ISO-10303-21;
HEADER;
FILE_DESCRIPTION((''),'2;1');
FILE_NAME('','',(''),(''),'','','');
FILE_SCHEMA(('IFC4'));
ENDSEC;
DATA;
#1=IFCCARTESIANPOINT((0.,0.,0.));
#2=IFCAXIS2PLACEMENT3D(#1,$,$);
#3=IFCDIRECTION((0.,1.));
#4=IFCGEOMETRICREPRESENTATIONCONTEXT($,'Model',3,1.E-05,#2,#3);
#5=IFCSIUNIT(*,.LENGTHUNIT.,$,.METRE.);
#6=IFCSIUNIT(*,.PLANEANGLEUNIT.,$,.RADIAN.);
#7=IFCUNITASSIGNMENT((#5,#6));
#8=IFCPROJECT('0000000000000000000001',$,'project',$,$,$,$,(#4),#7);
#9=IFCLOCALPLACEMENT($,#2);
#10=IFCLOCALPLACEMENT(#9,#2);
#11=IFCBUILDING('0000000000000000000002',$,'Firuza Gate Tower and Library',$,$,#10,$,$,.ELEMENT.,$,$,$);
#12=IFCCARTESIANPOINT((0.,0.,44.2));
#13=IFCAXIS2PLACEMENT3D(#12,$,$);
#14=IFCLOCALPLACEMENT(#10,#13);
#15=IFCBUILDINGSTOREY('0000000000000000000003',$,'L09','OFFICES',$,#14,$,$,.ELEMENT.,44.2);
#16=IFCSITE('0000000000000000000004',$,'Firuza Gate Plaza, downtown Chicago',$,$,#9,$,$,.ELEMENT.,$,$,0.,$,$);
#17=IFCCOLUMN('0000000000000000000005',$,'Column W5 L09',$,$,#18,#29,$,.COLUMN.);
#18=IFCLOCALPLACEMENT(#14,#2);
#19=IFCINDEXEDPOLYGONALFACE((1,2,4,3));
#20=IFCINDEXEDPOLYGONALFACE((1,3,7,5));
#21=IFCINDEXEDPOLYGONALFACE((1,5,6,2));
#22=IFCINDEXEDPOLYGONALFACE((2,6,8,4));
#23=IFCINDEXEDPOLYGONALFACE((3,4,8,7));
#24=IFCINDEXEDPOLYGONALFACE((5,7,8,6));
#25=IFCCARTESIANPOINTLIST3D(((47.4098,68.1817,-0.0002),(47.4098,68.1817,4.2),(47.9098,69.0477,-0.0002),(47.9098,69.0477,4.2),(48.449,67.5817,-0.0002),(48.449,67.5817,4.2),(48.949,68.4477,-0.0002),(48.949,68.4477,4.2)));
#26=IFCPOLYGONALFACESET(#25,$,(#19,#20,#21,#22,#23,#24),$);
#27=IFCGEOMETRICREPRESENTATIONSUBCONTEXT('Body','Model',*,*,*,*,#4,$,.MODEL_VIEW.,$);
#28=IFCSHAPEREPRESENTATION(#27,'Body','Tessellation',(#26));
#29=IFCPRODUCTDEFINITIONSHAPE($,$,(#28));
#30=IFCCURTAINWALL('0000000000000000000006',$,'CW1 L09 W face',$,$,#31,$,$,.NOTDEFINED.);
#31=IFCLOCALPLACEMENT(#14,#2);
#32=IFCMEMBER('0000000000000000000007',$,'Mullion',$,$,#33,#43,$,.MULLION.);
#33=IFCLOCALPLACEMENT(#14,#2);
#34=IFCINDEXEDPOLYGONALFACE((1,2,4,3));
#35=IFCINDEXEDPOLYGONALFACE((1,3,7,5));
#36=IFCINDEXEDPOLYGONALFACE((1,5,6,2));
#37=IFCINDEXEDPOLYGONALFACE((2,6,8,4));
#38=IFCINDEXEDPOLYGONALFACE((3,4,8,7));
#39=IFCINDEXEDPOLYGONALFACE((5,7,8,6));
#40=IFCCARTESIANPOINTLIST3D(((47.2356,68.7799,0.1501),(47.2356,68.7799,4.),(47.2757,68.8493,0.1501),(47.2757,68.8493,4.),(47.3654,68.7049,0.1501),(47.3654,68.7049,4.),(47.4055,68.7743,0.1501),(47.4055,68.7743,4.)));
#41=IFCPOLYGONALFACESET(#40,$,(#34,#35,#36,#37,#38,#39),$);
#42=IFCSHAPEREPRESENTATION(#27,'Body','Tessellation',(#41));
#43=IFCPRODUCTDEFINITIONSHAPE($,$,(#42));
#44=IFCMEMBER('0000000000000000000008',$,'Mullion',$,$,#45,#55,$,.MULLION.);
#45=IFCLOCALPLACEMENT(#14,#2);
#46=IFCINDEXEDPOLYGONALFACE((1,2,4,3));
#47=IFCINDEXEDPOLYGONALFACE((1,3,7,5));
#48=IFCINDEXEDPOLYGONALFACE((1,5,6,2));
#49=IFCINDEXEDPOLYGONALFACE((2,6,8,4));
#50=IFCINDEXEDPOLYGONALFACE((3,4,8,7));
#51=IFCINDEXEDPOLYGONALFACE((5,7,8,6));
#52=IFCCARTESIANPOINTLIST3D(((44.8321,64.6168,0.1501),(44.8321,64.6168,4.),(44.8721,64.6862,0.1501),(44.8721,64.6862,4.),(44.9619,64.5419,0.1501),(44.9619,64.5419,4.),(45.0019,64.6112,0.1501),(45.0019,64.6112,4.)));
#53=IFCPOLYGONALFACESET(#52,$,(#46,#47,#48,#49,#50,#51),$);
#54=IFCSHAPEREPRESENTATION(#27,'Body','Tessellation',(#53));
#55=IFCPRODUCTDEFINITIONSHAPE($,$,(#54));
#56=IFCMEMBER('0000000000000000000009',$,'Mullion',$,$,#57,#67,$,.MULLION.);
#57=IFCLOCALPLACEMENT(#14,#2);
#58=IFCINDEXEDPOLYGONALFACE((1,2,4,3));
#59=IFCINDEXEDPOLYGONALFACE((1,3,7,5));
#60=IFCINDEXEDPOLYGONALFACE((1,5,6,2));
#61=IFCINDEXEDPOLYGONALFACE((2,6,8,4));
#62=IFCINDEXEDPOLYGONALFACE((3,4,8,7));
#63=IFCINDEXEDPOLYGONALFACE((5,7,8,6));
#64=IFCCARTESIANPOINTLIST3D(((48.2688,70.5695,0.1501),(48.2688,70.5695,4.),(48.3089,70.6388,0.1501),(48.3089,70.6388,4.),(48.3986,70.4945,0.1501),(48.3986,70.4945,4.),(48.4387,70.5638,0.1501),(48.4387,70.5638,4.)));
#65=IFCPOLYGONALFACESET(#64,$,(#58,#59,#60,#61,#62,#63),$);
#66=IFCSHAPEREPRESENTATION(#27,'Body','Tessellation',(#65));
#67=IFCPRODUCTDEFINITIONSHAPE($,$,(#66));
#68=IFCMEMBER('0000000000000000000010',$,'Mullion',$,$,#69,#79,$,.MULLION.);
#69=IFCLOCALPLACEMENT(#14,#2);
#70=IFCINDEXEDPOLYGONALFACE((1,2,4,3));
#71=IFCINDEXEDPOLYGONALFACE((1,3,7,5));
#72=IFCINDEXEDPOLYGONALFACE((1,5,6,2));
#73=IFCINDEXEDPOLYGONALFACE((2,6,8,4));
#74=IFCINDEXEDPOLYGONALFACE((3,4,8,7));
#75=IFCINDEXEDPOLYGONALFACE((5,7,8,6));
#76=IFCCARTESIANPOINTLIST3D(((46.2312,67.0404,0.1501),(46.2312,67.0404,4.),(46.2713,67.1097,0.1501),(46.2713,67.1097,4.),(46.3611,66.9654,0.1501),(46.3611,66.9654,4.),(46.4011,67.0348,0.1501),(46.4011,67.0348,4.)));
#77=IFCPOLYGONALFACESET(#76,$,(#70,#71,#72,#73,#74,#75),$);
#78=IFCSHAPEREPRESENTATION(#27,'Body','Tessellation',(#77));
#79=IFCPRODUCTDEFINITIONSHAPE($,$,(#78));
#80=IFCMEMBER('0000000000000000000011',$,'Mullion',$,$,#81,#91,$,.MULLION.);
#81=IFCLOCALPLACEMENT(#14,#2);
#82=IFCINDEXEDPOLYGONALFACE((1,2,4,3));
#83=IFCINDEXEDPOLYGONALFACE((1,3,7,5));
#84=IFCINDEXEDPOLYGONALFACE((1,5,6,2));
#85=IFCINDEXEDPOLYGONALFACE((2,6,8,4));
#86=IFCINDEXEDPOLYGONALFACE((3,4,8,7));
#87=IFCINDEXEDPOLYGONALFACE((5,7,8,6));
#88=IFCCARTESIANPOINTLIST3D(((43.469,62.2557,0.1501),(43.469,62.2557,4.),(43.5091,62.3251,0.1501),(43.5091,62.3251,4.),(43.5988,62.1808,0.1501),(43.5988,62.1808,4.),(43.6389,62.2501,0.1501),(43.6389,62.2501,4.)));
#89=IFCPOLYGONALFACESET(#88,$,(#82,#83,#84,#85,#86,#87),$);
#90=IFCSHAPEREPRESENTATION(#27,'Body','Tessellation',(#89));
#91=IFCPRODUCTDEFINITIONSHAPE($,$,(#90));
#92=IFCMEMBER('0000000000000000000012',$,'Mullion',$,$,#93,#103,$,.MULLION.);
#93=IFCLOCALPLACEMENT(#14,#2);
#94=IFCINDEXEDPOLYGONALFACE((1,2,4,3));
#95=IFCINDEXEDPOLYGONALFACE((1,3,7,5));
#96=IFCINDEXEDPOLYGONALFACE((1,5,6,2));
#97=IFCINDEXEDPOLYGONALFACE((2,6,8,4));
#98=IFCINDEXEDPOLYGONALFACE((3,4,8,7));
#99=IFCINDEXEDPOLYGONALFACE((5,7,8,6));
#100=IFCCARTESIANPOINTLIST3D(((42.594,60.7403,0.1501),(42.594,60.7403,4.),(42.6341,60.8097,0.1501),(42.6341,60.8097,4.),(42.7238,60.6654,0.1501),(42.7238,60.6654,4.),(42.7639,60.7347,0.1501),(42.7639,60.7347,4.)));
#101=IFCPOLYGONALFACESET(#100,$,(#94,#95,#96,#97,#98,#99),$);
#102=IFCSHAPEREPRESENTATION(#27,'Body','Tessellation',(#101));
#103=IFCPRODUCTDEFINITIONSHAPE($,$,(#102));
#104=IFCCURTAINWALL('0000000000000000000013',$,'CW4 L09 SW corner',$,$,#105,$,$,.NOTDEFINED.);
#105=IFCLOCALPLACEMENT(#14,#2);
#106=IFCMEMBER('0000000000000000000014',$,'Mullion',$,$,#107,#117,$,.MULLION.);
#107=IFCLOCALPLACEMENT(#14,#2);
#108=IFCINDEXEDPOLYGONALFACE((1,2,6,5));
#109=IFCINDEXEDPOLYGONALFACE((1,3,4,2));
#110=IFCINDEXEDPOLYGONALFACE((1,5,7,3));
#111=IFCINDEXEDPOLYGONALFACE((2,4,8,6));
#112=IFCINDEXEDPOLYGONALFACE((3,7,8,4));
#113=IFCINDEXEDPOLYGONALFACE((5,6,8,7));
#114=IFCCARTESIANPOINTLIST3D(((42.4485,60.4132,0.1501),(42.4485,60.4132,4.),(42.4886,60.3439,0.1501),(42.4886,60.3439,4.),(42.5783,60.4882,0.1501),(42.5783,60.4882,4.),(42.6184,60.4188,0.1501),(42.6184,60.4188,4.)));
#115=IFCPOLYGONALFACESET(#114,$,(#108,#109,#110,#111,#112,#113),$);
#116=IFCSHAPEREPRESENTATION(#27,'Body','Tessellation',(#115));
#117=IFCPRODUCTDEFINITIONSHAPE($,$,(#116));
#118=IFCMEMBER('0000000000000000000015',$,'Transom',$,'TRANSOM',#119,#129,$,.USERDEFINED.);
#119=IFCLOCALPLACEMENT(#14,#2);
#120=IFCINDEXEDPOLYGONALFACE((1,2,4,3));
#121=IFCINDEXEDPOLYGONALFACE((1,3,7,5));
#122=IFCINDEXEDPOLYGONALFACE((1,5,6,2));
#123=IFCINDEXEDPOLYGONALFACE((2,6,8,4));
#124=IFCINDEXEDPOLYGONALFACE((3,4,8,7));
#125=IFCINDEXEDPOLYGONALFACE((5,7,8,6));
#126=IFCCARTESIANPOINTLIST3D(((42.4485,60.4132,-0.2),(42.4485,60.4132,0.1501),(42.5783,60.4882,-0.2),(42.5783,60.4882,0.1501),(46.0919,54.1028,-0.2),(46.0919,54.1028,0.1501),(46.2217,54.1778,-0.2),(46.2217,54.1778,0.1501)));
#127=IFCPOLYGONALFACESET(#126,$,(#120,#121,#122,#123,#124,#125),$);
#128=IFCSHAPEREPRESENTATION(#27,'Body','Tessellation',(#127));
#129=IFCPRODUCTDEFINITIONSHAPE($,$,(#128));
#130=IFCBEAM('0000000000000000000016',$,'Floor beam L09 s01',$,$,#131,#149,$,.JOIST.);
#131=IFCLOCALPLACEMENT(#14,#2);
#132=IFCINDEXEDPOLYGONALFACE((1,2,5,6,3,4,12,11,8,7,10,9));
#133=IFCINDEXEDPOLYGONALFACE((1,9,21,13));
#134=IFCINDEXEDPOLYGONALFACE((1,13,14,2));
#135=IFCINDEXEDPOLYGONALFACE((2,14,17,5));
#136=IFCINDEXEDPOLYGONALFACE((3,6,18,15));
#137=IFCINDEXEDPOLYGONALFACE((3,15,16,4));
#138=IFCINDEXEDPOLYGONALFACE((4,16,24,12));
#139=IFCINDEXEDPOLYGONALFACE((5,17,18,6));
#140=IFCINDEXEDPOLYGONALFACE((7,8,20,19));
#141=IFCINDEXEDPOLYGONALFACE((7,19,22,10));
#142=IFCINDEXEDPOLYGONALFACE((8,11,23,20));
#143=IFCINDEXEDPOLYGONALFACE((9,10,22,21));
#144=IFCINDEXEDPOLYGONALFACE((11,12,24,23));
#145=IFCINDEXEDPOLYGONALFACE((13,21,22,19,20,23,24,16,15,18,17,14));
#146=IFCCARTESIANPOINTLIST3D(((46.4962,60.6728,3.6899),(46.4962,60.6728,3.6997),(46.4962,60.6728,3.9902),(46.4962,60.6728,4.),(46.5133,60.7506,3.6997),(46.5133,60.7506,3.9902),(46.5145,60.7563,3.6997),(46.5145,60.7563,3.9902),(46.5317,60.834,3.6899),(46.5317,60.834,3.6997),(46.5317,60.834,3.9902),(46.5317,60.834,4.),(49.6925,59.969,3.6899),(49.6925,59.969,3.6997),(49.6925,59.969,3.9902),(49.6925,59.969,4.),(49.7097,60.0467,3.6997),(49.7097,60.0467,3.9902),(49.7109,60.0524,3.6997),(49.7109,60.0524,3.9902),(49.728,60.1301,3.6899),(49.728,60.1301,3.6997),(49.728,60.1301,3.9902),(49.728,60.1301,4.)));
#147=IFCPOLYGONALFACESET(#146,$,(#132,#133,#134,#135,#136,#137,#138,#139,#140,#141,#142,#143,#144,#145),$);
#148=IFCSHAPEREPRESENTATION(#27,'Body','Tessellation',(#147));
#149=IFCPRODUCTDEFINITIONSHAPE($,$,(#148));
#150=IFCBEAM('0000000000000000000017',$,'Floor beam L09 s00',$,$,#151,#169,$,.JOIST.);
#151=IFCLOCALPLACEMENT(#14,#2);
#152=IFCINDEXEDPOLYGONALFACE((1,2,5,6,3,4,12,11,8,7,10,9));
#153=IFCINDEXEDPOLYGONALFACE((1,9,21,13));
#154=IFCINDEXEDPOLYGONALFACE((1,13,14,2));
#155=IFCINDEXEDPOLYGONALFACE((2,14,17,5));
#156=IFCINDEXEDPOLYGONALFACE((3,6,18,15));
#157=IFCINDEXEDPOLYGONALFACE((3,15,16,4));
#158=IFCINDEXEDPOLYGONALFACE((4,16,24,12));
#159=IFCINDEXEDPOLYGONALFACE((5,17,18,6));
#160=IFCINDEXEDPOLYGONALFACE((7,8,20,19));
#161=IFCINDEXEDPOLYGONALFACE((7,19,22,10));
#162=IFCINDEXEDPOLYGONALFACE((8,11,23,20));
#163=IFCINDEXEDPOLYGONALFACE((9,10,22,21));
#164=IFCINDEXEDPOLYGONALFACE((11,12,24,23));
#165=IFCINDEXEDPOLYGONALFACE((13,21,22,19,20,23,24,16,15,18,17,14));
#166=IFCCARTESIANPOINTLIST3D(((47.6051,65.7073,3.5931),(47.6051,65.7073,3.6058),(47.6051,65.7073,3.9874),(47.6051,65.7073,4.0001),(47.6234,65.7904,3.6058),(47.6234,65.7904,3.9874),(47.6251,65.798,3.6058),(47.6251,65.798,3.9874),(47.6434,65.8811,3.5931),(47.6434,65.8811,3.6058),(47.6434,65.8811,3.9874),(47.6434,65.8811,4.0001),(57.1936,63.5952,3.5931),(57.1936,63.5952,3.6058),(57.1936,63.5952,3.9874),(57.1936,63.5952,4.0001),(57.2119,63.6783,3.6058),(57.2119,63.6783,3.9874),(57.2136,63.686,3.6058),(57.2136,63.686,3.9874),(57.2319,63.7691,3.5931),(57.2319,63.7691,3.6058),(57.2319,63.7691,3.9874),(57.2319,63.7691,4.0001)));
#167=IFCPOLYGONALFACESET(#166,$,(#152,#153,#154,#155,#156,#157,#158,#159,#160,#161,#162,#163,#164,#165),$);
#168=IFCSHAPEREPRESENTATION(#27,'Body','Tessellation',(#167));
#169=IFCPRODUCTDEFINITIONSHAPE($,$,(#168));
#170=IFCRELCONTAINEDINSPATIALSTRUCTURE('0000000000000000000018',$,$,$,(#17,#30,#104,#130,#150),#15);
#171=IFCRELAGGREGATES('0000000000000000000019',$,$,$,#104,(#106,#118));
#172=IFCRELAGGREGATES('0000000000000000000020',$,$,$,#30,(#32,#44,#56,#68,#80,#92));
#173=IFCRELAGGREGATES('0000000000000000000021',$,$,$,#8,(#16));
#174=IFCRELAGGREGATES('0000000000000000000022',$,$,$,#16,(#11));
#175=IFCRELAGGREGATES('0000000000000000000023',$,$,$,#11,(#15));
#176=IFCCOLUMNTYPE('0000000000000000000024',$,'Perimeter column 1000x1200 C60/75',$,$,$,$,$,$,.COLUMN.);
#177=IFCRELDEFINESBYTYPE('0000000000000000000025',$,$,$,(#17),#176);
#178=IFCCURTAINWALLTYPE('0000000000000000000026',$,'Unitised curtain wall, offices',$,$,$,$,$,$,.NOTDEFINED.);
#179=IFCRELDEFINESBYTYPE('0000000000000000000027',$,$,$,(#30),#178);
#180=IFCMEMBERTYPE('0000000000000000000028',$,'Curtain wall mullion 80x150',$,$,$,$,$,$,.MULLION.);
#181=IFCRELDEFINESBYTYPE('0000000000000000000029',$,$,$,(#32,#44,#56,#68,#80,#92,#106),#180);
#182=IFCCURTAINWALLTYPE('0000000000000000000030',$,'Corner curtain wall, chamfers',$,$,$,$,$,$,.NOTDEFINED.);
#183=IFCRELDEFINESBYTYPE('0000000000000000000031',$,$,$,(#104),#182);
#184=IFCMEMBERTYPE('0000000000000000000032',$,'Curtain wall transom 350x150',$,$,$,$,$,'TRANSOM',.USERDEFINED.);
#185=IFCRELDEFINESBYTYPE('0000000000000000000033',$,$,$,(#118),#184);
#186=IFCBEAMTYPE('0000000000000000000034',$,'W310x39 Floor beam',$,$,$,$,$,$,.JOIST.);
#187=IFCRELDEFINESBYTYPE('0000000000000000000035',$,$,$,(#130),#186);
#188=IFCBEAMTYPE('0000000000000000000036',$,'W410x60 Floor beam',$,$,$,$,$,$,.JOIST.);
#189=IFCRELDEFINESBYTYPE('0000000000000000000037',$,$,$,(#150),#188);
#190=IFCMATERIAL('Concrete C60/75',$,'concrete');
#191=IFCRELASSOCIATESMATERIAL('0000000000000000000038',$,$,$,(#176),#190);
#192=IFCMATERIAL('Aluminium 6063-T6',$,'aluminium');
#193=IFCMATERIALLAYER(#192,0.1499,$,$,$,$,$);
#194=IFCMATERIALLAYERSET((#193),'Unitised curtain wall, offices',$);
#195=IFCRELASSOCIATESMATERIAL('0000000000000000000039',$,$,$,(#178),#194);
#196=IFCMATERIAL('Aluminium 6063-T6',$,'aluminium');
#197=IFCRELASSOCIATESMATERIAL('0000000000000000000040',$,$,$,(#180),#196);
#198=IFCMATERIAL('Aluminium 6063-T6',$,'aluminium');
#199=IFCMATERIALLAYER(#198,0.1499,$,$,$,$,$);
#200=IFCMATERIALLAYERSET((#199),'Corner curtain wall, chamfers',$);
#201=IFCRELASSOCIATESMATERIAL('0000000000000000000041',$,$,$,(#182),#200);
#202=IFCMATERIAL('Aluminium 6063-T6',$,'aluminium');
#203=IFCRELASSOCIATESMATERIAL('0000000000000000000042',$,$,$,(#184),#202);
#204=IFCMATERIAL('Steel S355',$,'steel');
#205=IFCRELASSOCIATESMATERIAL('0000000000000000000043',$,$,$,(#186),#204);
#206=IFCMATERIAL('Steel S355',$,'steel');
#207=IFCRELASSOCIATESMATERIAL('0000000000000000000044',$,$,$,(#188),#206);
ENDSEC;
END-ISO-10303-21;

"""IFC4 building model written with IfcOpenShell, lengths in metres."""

from ifc_helpers import new_model, si_unit, direction, frame, origin, origin_2d, place, context, subcontext, project, spatial, rectangle, i_section, extrude, material, layer, layer_set, material_profile, profile_set, type_object, element, aggregate, save


model = new_model("IFC4")

# Units and contexts
model_context = context("Model", 3, precision=1e-05, world=origin(), true_north=direction((0.0, 1.0)))
body_context = subcontext(model_context, "Body", "Model", "MODEL_VIEW")
ifc_project = project(units=[si_unit("LENGTHUNIT", "METRE"), si_unit("PLANEANGLEUNIT", "RADIAN")], contexts=[model_context])

# Site, building, storey
site_placement = place(None, origin())
site = spatial("IfcSite", under=ifc_project, at=site_placement, Name="Firuza Gate Plaza, downtown Chicago", CompositionType="ELEMENT", RefElevation=0.0)
building_placement = place(site_placement, origin())
building = spatial("IfcBuilding", under=site, at=building_placement, Name="Firuza Gate Tower and Library", CompositionType="ELEMENT")
storey_placement = place(building_placement, frame((0.0, 0.0, 44.2)))
storey = spatial("IfcBuildingStorey", under=building, at=storey_placement, Name="L09", Description="OFFICES", CompositionType="ELEMENT", Elevation=44.2)

# Column
ifc_material_1 = material(Name="Concrete C60/75", Category="concrete")
ifc_material_profile_1 = material_profile(ifc_material_1, rectangle(XDim=1.0, YDim=1.2, at=origin_2d()))
ifc_profile_set_1 = profile_set([ifc_material_profile_1], Name="Concrete C60/75")
column_type = type_object("IfcColumnType", Name="Perimeter column 1000x1200 C60/75", PredefinedType="COLUMN", material=ifc_profile_set_1)
column_placement = place(storey_placement, frame((48.1794, 68.3147, -0.0002), z_axis=(0.0, 0.0, 1.0), x_axis=(-0.5, -0.866025, 0.0)))
element("IfcColumn", 1, at=column_placement, inside=storey, type_object=column_type, Name="Column W5 L09", PredefinedType="COLUMN", context=body_context, shape_type="SweptSolid", body=[
    extrude(rectangle(XDim=1.0, YDim=1.2, at=origin_2d()), origin(), (0.0, 0.0, 1.0), 4.2002),
])

# Curtain walls, members
ifc_material_2 = material(Name="Aluminium 6063-T6", Category="aluminium")
ifc_layer_1 = layer(ifc_material_2, 0.1499)
ifc_layer_set_1 = layer_set([ifc_layer_1], Name="Unitised curtain wall, offices")
curtain_wall_type_1 = type_object("IfcCurtainWallType", Name="Unitised curtain wall, offices", PredefinedType="NOTDEFINED", material=ifc_layer_set_1)
placement = place(storey_placement, origin())
curtain_wall_1 = element("IfcCurtainWall", 2, at=placement, inside=storey, type_object=curtain_wall_type_1, Name="CW1 L09 W face", PredefinedType="NOTDEFINED")
ifc_material_3 = material(Name="Aluminium 6063-T6", Category="aluminium")
ifc_material_profile_2 = material_profile(ifc_material_3, rectangle(XDim=0.1499, YDim=0.0801, at=origin_2d()))
ifc_profile_set_2 = profile_set([ifc_material_profile_2], Name="Aluminium 6063-T6")
member_type_1 = type_object("IfcMemberType", Name="Curtain wall mullion 80x150", PredefinedType="MULLION", material=ifc_profile_set_2)
member_1_placement = place(storey_placement, frame((47.3206, 68.7771, 0.1501), z_axis=(0.0, 0.0, 1.0), x_axis=(0.866025, -0.5, 0.0)))
member_1 = element("IfcMember", 3, at=member_1_placement, type_object=member_type_1, Name="Mullion", PredefinedType="MULLION", context=body_context, shape_type="SweptSolid", body=[
    extrude(rectangle(XDim=0.1499, YDim=0.0801, at=origin_2d()), origin(), (0.0, 0.0, 1.0), 3.8499),
])
member_2_placement = place(storey_placement, frame((44.917, 64.614, 0.1501), z_axis=(0.0, 0.0, 1.0), x_axis=(0.866025, -0.5, 0.0)))
member_2 = element("IfcMember", 4, at=member_2_placement, type_object=member_type_1, Name="Mullion", PredefinedType="MULLION", context=body_context, shape_type="SweptSolid", body=[
    extrude(rectangle(XDim=0.1499, YDim=0.0801, at=origin_2d()), origin(), (0.0, 0.0, 1.0), 3.8499),
])
member_3_placement = place(storey_placement, frame((48.3538, 70.5667, 0.1501), z_axis=(0.0, 0.0, 1.0), x_axis=(0.866025, -0.5, 0.0)))
member_3 = element("IfcMember", 5, at=member_3_placement, type_object=member_type_1, Name="Mullion", PredefinedType="MULLION", context=body_context, shape_type="SweptSolid", body=[
    extrude(rectangle(XDim=0.1499, YDim=0.0801, at=origin_2d()), origin(), (0.0, 0.0, 1.0), 3.8499),
])
member_4_placement = place(storey_placement, frame((46.3162, 67.0376, 0.1501), z_axis=(0.0, 0.0, 1.0), x_axis=(0.866025, -0.5, 0.0)))
member_4 = element("IfcMember", 6, at=member_4_placement, type_object=member_type_1, Name="Mullion", PredefinedType="MULLION", context=body_context, shape_type="SweptSolid", body=[
    extrude(rectangle(XDim=0.1499, YDim=0.0801, at=origin_2d()), origin(), (0.0, 0.0, 1.0), 3.8499),
])
member_5_placement = place(storey_placement, frame((43.554, 62.2529, 0.1501), z_axis=(0.0, 0.0, 1.0), x_axis=(0.866025, -0.5, 0.0)))
member_5 = element("IfcMember", 7, at=member_5_placement, type_object=member_type_1, Name="Mullion", PredefinedType="MULLION", context=body_context, shape_type="SweptSolid", body=[
    extrude(rectangle(XDim=0.1499, YDim=0.0801, at=origin_2d()), origin(), (0.0, 0.0, 1.0), 3.8499),
])
member_6_placement = place(storey_placement, frame((42.679, 60.7375, 0.1501), z_axis=(0.0, 0.0, 1.0), x_axis=(0.866025, -0.5, 0.0)))
member_6 = element("IfcMember", 8, at=member_6_placement, type_object=member_type_1, Name="Mullion", PredefinedType="MULLION", context=body_context, shape_type="SweptSolid", body=[
    extrude(rectangle(XDim=0.1499, YDim=0.0801, at=origin_2d()), origin(), (0.0, 0.0, 1.0), 3.8499),
])
ifc_material_4 = material(Name="Aluminium 6063-T6", Category="aluminium")
ifc_layer_2 = layer(ifc_material_4, 0.1499)
ifc_layer_set_2 = layer_set([ifc_layer_2], Name="Corner curtain wall, chamfers")
curtain_wall_type_2 = type_object("IfcCurtainWallType", Name="Corner curtain wall, chamfers", PredefinedType="NOTDEFINED", material=ifc_layer_set_2)
curtain_wall_2 = element("IfcCurtainWall", 9, at=placement, inside=storey, type_object=curtain_wall_type_2, Name="CW4 L09 SW corner", PredefinedType="NOTDEFINED")
member_7_placement = place(storey_placement, frame((42.5334, 60.416, 0.1501), z_axis=(0.0, 0.0, 1.0), x_axis=(0.866025, 0.5, 0.0)))
member_7 = element("IfcMember", 10, at=member_7_placement, type_object=member_type_1, Name="Mullion", PredefinedType="MULLION", context=body_context, shape_type="SweptSolid", body=[
    extrude(rectangle(XDim=0.1499, YDim=0.0801, at=origin_2d()), origin(), (0.0, 0.0, 1.0), 3.8499),
])
ifc_material_5 = material(Name="Aluminium 6063-T6", Category="aluminium")
ifc_material_profile_3 = material_profile(ifc_material_5, rectangle(XDim=0.1499, YDim=0.3501, at=origin_2d()))
ifc_profile_set_3 = profile_set([ifc_material_profile_3], Name="Aluminium 6063-T6")
member_type_2 = type_object("IfcMemberType", Name="Curtain wall transom 350x150", ElementType="TRANSOM", PredefinedType="USERDEFINED", material=ifc_profile_set_3)
member_8_placement = place(storey_placement, frame((42.5134, 60.4507, -0.0249), z_axis=(0.500006, -0.866022, 0.0), x_axis=(0.866022, 0.500006, 0.0)))
member_8 = element("IfcMember", 11, at=member_8_placement, type_object=member_type_2, Name="Transom", ObjectType="TRANSOM", PredefinedType="USERDEFINED", context=body_context, shape_type="SweptSolid", body=[
    extrude(rectangle(XDim=0.1499, YDim=0.3501, at=origin_2d()), origin(), (0.0, 0.0, 1.0), 7.2866),
])

# Beams
ifc_material_6 = material(Name="Steel S355", Category="steel")
ifc_material_profile_4 = material_profile(ifc_material_6, i_section(OverallWidth=0.165, OverallDepth=0.3101, WebThickness=0.0059, FlangeThickness=0.0098, at=origin_2d()))
ifc_profile_set_4 = profile_set([ifc_material_profile_4], Name="Steel S355")
beam_type_1 = type_object("IfcBeamType", Name="W310x39 Floor beam", PredefinedType="JOIST", material=ifc_profile_set_4)
beam_1_placement = place(storey_placement, frame((46.5139, 60.7534, 3.845), z_axis=(0.976601, -0.215058, 0.0), x_axis=(0.215058, 0.976601, 0.0)))
element("IfcBeam", 12, at=beam_1_placement, inside=storey, type_object=beam_type_1, Name="Floor beam L09 s01", PredefinedType="JOIST", context=body_context, shape_type="SweptSolid", body=[
    extrude(i_section(OverallWidth=0.165, OverallDepth=0.3101, WebThickness=0.0059, FlangeThickness=0.0098, at=origin_2d()), origin(), (0.0, 0.0, 1.0), 3.2729),
])
ifc_material_7 = material(Name="Steel S355", Category="steel")
ifc_material_profile_5 = material_profile(ifc_material_7, i_section(OverallWidth=0.178, OverallDepth=0.407, WebThickness=0.0078, FlangeThickness=0.0127, at=origin_2d()))
ifc_profile_set_5 = profile_set([ifc_material_profile_5], Name="Steel S355")
beam_type_2 = type_object("IfcBeamType", Name="W410x60 Floor beam", PredefinedType="JOIST", material=ifc_profile_set_5)
beam_2_placement = place(storey_placement, frame((47.6243, 65.7942, 3.7966), z_axis=(0.97659, -0.215111, 0.0), x_axis=(0.215111, 0.97659, 0.0)))
element("IfcBeam", 13, at=beam_2_placement, inside=storey, type_object=beam_type_2, Name="Floor beam L09 s00", PredefinedType="JOIST", context=body_context, shape_type="SweptSolid", body=[
    extrude(i_section(OverallWidth=0.178, OverallDepth=0.407, WebThickness=0.0078, FlangeThickness=0.0127, at=origin_2d()), origin(), (0.0, 0.0, 1.0), 9.8184),
])

aggregate(curtain_wall_2, [member_7, member_8])
aggregate(curtain_wall_1, [member_1, member_2, member_3, member_4, member_5, member_6])

save(model, "model.ifc")
